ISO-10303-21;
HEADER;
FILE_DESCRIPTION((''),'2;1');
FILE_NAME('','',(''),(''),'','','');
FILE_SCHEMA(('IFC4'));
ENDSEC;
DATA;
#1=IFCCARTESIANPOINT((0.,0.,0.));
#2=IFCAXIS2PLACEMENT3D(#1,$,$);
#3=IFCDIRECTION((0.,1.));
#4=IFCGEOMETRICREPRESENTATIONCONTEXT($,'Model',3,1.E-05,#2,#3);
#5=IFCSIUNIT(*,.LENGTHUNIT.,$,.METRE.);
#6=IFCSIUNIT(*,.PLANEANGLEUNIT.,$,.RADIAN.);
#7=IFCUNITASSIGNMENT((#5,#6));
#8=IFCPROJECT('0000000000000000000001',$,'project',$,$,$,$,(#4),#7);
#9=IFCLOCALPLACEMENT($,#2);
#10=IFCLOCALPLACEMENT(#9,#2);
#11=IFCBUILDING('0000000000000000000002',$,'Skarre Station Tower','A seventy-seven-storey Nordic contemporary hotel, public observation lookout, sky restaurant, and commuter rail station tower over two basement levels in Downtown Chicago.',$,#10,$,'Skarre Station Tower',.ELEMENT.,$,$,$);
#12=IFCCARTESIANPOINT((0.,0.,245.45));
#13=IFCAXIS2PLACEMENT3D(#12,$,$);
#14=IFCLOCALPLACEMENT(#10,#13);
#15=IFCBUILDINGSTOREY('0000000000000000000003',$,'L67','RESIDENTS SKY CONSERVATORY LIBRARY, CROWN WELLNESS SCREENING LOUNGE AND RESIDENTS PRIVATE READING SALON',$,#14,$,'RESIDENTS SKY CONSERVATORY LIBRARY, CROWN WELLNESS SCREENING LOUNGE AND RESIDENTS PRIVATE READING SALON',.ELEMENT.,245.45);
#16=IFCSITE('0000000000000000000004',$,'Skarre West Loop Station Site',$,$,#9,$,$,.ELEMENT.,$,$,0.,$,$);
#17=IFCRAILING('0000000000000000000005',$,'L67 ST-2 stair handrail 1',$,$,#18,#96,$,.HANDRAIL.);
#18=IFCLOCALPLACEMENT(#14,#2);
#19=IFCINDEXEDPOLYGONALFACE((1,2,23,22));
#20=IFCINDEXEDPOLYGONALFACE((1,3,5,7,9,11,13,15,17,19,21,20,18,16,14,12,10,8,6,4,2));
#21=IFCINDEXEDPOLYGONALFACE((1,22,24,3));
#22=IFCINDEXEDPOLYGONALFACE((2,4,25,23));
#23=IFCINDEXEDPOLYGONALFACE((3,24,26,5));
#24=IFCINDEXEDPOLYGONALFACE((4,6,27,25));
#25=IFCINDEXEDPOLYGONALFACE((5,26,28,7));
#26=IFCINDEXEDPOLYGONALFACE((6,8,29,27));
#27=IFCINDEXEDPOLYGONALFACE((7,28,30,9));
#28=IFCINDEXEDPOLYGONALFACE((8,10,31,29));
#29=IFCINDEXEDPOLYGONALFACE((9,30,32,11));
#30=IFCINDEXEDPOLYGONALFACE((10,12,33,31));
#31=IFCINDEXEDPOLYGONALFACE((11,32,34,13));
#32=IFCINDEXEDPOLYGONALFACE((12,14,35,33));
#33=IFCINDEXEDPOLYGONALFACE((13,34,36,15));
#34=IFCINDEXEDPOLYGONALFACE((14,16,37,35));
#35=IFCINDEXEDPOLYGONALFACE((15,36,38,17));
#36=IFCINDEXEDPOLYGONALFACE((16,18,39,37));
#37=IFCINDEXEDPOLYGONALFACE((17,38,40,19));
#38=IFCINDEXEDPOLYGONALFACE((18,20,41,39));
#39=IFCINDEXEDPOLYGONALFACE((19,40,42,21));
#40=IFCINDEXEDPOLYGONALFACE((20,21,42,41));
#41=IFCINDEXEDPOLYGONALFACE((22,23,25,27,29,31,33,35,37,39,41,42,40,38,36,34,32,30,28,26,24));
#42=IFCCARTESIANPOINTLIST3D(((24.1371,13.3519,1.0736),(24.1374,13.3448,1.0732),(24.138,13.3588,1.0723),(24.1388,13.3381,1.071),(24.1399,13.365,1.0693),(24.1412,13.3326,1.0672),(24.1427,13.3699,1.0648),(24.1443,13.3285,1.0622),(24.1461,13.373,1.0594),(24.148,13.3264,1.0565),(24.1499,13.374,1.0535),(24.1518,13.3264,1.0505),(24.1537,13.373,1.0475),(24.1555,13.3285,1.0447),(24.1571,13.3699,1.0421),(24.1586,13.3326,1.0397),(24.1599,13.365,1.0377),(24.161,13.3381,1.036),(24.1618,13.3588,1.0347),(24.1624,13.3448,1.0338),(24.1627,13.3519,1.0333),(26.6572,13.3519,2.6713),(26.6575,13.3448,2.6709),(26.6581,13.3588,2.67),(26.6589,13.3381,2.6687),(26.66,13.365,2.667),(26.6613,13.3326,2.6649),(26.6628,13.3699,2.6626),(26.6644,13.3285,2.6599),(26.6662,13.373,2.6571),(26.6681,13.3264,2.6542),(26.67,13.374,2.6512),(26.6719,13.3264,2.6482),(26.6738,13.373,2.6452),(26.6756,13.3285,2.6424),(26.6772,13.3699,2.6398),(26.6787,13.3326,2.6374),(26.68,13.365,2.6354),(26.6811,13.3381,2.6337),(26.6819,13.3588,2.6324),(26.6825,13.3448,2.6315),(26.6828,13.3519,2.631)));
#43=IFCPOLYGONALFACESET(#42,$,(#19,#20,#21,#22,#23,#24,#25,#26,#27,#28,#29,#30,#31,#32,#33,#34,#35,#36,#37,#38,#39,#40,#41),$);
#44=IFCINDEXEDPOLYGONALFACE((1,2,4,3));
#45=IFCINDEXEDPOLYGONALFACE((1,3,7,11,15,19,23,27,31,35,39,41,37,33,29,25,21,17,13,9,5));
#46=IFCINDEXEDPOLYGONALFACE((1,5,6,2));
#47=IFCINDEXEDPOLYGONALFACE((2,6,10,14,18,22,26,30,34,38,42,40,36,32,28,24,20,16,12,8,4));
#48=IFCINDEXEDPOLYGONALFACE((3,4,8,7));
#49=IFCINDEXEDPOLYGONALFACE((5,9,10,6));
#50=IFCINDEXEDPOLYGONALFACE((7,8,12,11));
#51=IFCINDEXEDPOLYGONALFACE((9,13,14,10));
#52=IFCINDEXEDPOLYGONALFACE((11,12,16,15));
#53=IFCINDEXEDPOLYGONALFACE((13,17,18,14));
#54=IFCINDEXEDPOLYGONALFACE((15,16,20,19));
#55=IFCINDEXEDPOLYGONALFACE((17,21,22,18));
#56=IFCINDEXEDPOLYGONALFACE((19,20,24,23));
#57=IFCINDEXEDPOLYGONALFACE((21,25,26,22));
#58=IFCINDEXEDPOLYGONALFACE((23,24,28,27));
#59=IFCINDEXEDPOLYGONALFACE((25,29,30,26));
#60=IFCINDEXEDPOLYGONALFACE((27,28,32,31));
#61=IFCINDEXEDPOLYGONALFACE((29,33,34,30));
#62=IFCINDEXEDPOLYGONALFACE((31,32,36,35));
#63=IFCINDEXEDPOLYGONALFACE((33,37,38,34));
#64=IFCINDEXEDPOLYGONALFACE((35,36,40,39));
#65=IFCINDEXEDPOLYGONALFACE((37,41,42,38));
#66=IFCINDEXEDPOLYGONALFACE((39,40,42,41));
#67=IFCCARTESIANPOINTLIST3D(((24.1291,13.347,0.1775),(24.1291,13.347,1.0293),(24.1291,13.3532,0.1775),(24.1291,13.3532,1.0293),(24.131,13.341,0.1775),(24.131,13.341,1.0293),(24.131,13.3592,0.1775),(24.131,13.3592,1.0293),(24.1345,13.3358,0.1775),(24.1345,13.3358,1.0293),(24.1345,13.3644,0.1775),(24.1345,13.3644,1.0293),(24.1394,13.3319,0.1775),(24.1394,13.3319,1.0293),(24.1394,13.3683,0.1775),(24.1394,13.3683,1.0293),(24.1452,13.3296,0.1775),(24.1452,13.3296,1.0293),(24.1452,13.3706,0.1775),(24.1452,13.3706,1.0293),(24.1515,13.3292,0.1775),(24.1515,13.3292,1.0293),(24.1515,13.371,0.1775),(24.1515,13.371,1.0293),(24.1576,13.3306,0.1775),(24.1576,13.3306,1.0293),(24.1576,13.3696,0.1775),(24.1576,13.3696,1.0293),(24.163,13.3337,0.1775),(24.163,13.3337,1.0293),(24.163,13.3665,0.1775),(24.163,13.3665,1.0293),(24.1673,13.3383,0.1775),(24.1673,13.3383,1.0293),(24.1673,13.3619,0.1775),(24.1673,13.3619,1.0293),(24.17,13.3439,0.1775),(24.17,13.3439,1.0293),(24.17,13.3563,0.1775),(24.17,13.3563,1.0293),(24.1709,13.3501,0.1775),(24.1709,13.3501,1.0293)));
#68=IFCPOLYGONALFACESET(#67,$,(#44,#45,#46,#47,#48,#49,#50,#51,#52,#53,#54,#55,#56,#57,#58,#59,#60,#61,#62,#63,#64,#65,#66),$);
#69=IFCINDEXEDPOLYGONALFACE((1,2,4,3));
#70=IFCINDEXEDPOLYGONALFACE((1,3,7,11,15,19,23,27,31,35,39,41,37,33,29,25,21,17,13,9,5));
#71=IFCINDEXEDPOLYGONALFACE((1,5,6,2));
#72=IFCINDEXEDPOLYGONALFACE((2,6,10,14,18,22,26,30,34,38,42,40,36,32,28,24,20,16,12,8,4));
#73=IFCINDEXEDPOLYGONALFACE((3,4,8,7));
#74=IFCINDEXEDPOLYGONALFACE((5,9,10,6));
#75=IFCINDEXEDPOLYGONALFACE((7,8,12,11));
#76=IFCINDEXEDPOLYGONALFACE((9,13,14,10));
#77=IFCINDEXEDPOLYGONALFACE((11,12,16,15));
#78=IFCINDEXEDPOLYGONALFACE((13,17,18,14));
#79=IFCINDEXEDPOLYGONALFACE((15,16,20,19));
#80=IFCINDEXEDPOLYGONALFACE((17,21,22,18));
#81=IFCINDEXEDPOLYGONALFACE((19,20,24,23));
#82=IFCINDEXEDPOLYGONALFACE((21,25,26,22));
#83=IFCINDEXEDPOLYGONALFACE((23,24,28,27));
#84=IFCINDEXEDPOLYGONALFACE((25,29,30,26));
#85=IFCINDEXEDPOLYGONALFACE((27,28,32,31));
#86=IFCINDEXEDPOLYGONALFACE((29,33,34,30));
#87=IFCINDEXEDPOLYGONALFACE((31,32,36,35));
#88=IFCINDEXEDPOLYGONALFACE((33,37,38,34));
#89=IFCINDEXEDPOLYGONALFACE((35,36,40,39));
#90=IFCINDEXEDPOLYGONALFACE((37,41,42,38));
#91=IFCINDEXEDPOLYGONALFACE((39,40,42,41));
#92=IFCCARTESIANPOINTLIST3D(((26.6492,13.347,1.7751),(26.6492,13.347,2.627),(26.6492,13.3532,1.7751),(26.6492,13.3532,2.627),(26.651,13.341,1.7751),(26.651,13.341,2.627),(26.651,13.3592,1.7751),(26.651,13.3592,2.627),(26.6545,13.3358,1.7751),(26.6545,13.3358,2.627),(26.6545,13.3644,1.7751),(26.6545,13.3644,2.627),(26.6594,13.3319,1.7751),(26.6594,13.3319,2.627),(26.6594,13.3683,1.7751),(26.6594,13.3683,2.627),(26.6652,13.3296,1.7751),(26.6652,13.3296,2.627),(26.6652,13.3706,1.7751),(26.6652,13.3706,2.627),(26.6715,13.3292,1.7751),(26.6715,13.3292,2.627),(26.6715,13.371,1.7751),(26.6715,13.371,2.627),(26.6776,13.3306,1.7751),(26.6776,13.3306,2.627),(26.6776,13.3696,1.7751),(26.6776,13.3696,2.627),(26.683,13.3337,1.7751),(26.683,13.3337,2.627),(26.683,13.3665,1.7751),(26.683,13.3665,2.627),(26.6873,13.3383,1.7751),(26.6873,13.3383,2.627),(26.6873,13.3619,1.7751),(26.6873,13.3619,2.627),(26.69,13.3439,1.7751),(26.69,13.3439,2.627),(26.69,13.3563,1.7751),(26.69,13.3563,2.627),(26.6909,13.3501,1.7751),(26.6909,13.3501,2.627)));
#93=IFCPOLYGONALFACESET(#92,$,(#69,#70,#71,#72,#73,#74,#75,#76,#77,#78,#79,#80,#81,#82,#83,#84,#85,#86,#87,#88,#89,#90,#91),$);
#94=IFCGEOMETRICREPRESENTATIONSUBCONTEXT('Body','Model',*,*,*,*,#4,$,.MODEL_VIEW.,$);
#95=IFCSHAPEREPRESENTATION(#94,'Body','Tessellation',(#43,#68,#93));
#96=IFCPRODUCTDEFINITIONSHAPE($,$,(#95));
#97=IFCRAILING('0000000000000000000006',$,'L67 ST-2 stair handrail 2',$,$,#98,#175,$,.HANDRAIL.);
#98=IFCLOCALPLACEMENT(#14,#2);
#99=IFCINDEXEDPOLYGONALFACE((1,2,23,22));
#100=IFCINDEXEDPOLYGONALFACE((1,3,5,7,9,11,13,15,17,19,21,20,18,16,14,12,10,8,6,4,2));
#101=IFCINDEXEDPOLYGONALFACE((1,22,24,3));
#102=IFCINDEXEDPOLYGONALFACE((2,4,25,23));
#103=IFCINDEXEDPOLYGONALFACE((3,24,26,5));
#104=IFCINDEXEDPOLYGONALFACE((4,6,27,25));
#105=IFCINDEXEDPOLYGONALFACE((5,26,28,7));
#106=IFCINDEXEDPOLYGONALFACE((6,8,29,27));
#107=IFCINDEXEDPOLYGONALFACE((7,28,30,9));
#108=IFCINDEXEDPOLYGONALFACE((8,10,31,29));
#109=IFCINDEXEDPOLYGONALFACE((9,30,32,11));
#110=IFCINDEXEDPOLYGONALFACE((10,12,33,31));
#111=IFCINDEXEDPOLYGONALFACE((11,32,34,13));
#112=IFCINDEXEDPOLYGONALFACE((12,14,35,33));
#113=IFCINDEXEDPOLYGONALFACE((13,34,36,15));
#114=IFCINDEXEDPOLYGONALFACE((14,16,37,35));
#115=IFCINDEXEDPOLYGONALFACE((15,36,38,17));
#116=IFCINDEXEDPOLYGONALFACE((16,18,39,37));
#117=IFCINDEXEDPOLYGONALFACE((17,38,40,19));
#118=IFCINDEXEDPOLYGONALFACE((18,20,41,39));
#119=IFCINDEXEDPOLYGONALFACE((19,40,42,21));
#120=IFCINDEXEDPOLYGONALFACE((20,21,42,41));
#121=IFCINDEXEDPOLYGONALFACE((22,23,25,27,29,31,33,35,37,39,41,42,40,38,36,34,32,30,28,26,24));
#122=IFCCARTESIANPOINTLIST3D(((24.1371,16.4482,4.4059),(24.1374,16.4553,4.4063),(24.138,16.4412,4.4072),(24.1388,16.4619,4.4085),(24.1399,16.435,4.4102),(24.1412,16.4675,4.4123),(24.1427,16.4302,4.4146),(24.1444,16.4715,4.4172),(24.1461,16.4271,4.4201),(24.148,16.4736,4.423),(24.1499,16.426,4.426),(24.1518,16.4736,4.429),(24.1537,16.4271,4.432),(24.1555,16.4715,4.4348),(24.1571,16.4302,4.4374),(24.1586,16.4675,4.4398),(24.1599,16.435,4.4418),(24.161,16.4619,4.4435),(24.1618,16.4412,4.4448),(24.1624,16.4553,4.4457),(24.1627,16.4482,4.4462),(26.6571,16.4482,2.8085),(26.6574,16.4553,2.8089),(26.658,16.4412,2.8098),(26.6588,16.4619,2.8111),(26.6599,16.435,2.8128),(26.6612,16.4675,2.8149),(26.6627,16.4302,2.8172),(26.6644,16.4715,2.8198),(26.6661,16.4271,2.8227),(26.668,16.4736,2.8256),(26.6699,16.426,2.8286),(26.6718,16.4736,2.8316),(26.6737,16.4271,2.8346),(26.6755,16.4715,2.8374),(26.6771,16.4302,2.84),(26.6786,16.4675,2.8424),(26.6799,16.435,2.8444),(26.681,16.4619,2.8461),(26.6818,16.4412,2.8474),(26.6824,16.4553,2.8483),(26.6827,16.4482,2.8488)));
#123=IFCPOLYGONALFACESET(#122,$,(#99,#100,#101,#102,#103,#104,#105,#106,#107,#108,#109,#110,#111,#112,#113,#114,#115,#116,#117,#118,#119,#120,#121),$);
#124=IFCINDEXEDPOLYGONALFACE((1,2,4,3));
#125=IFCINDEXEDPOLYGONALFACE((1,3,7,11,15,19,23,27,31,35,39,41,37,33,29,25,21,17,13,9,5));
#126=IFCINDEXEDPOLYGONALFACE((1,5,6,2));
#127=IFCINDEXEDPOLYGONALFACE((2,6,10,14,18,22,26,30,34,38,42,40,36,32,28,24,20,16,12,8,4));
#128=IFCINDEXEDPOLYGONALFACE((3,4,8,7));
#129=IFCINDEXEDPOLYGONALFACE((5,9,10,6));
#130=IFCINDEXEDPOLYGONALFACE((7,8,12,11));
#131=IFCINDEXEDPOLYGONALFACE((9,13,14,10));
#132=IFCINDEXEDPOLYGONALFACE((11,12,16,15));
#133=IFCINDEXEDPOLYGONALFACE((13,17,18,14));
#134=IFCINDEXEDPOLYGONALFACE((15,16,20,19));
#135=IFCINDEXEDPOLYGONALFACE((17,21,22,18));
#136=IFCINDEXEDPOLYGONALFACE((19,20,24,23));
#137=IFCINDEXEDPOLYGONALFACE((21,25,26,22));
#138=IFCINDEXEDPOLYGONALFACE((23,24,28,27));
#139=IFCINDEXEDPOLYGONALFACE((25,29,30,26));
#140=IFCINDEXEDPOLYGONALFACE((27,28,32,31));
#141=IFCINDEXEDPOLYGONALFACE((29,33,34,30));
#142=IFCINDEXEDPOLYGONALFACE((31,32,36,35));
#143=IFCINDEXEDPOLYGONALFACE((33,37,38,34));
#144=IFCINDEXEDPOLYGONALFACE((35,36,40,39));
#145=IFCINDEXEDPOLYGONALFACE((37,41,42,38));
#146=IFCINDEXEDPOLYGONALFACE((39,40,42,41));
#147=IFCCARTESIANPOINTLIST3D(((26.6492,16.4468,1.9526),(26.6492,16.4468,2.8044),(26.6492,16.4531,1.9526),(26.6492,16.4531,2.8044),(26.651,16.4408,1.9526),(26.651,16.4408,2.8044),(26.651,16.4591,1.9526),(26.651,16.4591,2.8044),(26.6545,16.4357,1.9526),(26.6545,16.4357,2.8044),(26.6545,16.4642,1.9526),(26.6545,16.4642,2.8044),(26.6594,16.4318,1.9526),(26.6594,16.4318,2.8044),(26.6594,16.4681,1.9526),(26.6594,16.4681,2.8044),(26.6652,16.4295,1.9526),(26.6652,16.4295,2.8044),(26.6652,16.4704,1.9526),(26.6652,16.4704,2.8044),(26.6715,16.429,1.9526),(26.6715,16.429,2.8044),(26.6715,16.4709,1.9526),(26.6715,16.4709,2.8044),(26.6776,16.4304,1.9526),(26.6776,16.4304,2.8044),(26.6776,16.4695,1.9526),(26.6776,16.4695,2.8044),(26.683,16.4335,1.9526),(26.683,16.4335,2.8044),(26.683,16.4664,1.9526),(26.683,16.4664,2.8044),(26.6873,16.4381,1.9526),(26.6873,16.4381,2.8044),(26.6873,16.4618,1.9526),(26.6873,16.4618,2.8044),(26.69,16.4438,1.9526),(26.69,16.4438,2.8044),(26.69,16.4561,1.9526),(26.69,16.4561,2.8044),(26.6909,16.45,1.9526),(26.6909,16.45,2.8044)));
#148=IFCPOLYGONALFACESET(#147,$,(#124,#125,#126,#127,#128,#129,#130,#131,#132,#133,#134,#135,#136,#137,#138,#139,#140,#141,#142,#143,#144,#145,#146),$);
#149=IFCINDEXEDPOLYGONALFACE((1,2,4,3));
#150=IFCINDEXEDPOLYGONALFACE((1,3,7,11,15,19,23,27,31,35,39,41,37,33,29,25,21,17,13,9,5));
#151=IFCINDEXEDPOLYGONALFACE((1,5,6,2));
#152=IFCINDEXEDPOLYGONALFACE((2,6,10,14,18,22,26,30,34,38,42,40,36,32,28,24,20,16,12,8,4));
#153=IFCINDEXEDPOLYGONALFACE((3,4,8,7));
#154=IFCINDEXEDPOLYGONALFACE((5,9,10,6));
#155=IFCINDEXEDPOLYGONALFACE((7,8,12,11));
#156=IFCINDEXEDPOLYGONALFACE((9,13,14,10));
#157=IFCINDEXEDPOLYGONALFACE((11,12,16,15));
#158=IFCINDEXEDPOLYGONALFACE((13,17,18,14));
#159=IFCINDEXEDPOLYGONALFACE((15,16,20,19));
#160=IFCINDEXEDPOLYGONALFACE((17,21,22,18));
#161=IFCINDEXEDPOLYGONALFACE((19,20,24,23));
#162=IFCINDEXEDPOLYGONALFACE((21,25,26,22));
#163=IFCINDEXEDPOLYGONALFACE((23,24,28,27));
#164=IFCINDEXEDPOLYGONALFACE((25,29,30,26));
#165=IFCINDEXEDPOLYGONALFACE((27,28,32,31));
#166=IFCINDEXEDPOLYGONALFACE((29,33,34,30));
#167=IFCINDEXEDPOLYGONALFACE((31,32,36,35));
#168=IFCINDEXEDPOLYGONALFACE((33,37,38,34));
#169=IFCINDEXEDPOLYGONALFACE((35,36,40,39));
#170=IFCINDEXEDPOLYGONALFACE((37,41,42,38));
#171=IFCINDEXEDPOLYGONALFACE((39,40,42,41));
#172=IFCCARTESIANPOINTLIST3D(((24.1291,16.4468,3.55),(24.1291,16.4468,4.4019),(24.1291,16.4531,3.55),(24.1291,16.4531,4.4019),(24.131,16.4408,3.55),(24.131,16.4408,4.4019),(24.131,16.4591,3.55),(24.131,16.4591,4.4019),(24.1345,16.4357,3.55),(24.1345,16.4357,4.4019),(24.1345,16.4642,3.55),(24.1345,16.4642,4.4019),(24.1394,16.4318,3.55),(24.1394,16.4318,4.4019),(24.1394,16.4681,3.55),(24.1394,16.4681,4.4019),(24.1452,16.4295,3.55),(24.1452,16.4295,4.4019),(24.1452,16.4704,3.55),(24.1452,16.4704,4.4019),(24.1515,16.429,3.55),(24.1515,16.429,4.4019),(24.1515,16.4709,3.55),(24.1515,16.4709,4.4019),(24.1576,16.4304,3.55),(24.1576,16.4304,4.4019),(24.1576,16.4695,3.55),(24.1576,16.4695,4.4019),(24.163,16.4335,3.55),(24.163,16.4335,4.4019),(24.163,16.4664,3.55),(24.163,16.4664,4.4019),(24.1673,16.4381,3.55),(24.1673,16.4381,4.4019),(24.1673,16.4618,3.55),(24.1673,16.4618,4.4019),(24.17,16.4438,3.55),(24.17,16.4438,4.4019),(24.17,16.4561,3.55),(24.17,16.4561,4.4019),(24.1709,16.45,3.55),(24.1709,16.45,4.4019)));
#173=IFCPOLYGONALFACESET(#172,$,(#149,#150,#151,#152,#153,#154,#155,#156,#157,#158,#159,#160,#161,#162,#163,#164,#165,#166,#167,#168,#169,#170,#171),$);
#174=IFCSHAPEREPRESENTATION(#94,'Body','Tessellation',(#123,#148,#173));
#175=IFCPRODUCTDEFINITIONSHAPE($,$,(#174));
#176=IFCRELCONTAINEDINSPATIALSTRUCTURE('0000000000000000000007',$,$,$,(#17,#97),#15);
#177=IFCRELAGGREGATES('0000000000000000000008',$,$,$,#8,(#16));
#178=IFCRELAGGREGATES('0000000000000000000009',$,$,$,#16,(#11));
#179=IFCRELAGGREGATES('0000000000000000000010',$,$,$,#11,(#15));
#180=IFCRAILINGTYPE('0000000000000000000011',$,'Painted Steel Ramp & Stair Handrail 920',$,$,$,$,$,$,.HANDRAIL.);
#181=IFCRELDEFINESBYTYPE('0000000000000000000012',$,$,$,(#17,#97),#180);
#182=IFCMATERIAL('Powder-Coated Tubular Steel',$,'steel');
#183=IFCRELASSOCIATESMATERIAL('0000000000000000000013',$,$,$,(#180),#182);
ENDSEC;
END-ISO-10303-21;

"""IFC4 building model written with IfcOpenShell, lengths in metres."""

from ifc_helpers import new_model, si_unit, direction, frame, origin, origin_2d, place, context, subcontext, project, spatial, circle, extrude, material, type_object, element, save


model = new_model("IFC4")

# Units and contexts
model_context = context("Model", 3, precision=1e-05, world=origin(), true_north=direction((0.0, 1.0)))
body_context = subcontext(model_context, "Body", "Model", "MODEL_VIEW")
ifc_project = project(units=[si_unit("LENGTHUNIT", "METRE"), si_unit("PLANEANGLEUNIT", "RADIAN")], contexts=[model_context])

# Site, building, storey
site_placement = place(None, origin())
site = spatial("IfcSite", under=ifc_project, at=site_placement, Name="Skarre West Loop Station Site", CompositionType="ELEMENT", RefElevation=0.0)
building_placement = place(site_placement, origin())
building = spatial("IfcBuilding", under=site, at=building_placement, Name="Skarre Station Tower", Description="A seventy-seven-storey Nordic contemporary hotel, public observation lookout, sky restaurant, and commuter rail station tower over two basement levels in Downtown Chicago.", LongName="Skarre Station Tower", CompositionType="ELEMENT")
storey_placement = place(building_placement, frame((0.0, 0.0, 245.45)))
storey = spatial("IfcBuildingStorey", under=building, at=storey_placement, Name="L67", Description="RESIDENTS SKY CONSERVATORY LIBRARY, CROWN WELLNESS SCREENING LOUNGE AND RESIDENTS PRIVATE READING SALON", LongName="RESIDENTS SKY CONSERVATORY LIBRARY, CROWN WELLNESS SCREENING LOUNGE AND RESIDENTS PRIVATE READING SALON", CompositionType="ELEMENT", Elevation=245.45)

# Railings
ifc_material_1 = material(Name="Powder-Coated Tubular Steel", Category="steel")
railing_type_1 = type_object("IfcRailingType", Name="Painted Steel Ramp & Stair Handrail 920", PredefinedType="HANDRAIL", material=ifc_material_1)
railing_1_placement = place(storey_placement, frame((24.1499, 13.3501, 0.1775)))
element("IfcRailing", 1, at=railing_1_placement, inside=storey, type_object=railing_type_1, Name="L67 ST-2 stair handrail 1", PredefinedType="HANDRAIL", context=body_context, shape_type="SweptSolid", body=[
    extrude(circle(Radius=0.0239, at=origin_2d()), frame((0.0, 0.0, 0.876), z_axis=(0.84457, 0.0, 0.535445), x_axis=(0.0, 1.0, 0.0)), (0.0, 0.0, 1.0), 2.9839),
    extrude(circle(Radius=0.021, at=origin_2d()), origin(), (0.0, 0.0, 1.0), 0.8518),
    extrude(circle(Radius=0.021, at=origin_2d()), frame((2.52, 0.0, 1.5977)), (0.0, 0.0, 1.0), 0.8518),
])
railing_2_placement = place(storey_placement, frame((26.6699, 16.45, 1.9526)))
element("IfcRailing", 2, at=railing_2_placement, inside=storey, type_object=railing_type_1, Name="L67 ST-2 stair handrail 2", PredefinedType="HANDRAIL", context=body_context, shape_type="SweptSolid", body=[
    extrude(circle(Radius=0.0239, at=origin_2d()), frame((0.0, 0.0, 0.876), z_axis=(-0.844607, 0.0, 0.535387), x_axis=(0.0, -1.0, 0.0)), (0.0, 0.0, 1.0), 2.9836),
    extrude(circle(Radius=0.021, at=origin_2d()), origin(), (0.0, 0.0, 1.0), 0.8518),
    extrude(circle(Radius=0.021, at=origin_2d()), frame((-2.52, 0.0, 1.5974)), (0.0, 0.0, 1.0), 0.8518),
])

save(model, "model.ifc")
